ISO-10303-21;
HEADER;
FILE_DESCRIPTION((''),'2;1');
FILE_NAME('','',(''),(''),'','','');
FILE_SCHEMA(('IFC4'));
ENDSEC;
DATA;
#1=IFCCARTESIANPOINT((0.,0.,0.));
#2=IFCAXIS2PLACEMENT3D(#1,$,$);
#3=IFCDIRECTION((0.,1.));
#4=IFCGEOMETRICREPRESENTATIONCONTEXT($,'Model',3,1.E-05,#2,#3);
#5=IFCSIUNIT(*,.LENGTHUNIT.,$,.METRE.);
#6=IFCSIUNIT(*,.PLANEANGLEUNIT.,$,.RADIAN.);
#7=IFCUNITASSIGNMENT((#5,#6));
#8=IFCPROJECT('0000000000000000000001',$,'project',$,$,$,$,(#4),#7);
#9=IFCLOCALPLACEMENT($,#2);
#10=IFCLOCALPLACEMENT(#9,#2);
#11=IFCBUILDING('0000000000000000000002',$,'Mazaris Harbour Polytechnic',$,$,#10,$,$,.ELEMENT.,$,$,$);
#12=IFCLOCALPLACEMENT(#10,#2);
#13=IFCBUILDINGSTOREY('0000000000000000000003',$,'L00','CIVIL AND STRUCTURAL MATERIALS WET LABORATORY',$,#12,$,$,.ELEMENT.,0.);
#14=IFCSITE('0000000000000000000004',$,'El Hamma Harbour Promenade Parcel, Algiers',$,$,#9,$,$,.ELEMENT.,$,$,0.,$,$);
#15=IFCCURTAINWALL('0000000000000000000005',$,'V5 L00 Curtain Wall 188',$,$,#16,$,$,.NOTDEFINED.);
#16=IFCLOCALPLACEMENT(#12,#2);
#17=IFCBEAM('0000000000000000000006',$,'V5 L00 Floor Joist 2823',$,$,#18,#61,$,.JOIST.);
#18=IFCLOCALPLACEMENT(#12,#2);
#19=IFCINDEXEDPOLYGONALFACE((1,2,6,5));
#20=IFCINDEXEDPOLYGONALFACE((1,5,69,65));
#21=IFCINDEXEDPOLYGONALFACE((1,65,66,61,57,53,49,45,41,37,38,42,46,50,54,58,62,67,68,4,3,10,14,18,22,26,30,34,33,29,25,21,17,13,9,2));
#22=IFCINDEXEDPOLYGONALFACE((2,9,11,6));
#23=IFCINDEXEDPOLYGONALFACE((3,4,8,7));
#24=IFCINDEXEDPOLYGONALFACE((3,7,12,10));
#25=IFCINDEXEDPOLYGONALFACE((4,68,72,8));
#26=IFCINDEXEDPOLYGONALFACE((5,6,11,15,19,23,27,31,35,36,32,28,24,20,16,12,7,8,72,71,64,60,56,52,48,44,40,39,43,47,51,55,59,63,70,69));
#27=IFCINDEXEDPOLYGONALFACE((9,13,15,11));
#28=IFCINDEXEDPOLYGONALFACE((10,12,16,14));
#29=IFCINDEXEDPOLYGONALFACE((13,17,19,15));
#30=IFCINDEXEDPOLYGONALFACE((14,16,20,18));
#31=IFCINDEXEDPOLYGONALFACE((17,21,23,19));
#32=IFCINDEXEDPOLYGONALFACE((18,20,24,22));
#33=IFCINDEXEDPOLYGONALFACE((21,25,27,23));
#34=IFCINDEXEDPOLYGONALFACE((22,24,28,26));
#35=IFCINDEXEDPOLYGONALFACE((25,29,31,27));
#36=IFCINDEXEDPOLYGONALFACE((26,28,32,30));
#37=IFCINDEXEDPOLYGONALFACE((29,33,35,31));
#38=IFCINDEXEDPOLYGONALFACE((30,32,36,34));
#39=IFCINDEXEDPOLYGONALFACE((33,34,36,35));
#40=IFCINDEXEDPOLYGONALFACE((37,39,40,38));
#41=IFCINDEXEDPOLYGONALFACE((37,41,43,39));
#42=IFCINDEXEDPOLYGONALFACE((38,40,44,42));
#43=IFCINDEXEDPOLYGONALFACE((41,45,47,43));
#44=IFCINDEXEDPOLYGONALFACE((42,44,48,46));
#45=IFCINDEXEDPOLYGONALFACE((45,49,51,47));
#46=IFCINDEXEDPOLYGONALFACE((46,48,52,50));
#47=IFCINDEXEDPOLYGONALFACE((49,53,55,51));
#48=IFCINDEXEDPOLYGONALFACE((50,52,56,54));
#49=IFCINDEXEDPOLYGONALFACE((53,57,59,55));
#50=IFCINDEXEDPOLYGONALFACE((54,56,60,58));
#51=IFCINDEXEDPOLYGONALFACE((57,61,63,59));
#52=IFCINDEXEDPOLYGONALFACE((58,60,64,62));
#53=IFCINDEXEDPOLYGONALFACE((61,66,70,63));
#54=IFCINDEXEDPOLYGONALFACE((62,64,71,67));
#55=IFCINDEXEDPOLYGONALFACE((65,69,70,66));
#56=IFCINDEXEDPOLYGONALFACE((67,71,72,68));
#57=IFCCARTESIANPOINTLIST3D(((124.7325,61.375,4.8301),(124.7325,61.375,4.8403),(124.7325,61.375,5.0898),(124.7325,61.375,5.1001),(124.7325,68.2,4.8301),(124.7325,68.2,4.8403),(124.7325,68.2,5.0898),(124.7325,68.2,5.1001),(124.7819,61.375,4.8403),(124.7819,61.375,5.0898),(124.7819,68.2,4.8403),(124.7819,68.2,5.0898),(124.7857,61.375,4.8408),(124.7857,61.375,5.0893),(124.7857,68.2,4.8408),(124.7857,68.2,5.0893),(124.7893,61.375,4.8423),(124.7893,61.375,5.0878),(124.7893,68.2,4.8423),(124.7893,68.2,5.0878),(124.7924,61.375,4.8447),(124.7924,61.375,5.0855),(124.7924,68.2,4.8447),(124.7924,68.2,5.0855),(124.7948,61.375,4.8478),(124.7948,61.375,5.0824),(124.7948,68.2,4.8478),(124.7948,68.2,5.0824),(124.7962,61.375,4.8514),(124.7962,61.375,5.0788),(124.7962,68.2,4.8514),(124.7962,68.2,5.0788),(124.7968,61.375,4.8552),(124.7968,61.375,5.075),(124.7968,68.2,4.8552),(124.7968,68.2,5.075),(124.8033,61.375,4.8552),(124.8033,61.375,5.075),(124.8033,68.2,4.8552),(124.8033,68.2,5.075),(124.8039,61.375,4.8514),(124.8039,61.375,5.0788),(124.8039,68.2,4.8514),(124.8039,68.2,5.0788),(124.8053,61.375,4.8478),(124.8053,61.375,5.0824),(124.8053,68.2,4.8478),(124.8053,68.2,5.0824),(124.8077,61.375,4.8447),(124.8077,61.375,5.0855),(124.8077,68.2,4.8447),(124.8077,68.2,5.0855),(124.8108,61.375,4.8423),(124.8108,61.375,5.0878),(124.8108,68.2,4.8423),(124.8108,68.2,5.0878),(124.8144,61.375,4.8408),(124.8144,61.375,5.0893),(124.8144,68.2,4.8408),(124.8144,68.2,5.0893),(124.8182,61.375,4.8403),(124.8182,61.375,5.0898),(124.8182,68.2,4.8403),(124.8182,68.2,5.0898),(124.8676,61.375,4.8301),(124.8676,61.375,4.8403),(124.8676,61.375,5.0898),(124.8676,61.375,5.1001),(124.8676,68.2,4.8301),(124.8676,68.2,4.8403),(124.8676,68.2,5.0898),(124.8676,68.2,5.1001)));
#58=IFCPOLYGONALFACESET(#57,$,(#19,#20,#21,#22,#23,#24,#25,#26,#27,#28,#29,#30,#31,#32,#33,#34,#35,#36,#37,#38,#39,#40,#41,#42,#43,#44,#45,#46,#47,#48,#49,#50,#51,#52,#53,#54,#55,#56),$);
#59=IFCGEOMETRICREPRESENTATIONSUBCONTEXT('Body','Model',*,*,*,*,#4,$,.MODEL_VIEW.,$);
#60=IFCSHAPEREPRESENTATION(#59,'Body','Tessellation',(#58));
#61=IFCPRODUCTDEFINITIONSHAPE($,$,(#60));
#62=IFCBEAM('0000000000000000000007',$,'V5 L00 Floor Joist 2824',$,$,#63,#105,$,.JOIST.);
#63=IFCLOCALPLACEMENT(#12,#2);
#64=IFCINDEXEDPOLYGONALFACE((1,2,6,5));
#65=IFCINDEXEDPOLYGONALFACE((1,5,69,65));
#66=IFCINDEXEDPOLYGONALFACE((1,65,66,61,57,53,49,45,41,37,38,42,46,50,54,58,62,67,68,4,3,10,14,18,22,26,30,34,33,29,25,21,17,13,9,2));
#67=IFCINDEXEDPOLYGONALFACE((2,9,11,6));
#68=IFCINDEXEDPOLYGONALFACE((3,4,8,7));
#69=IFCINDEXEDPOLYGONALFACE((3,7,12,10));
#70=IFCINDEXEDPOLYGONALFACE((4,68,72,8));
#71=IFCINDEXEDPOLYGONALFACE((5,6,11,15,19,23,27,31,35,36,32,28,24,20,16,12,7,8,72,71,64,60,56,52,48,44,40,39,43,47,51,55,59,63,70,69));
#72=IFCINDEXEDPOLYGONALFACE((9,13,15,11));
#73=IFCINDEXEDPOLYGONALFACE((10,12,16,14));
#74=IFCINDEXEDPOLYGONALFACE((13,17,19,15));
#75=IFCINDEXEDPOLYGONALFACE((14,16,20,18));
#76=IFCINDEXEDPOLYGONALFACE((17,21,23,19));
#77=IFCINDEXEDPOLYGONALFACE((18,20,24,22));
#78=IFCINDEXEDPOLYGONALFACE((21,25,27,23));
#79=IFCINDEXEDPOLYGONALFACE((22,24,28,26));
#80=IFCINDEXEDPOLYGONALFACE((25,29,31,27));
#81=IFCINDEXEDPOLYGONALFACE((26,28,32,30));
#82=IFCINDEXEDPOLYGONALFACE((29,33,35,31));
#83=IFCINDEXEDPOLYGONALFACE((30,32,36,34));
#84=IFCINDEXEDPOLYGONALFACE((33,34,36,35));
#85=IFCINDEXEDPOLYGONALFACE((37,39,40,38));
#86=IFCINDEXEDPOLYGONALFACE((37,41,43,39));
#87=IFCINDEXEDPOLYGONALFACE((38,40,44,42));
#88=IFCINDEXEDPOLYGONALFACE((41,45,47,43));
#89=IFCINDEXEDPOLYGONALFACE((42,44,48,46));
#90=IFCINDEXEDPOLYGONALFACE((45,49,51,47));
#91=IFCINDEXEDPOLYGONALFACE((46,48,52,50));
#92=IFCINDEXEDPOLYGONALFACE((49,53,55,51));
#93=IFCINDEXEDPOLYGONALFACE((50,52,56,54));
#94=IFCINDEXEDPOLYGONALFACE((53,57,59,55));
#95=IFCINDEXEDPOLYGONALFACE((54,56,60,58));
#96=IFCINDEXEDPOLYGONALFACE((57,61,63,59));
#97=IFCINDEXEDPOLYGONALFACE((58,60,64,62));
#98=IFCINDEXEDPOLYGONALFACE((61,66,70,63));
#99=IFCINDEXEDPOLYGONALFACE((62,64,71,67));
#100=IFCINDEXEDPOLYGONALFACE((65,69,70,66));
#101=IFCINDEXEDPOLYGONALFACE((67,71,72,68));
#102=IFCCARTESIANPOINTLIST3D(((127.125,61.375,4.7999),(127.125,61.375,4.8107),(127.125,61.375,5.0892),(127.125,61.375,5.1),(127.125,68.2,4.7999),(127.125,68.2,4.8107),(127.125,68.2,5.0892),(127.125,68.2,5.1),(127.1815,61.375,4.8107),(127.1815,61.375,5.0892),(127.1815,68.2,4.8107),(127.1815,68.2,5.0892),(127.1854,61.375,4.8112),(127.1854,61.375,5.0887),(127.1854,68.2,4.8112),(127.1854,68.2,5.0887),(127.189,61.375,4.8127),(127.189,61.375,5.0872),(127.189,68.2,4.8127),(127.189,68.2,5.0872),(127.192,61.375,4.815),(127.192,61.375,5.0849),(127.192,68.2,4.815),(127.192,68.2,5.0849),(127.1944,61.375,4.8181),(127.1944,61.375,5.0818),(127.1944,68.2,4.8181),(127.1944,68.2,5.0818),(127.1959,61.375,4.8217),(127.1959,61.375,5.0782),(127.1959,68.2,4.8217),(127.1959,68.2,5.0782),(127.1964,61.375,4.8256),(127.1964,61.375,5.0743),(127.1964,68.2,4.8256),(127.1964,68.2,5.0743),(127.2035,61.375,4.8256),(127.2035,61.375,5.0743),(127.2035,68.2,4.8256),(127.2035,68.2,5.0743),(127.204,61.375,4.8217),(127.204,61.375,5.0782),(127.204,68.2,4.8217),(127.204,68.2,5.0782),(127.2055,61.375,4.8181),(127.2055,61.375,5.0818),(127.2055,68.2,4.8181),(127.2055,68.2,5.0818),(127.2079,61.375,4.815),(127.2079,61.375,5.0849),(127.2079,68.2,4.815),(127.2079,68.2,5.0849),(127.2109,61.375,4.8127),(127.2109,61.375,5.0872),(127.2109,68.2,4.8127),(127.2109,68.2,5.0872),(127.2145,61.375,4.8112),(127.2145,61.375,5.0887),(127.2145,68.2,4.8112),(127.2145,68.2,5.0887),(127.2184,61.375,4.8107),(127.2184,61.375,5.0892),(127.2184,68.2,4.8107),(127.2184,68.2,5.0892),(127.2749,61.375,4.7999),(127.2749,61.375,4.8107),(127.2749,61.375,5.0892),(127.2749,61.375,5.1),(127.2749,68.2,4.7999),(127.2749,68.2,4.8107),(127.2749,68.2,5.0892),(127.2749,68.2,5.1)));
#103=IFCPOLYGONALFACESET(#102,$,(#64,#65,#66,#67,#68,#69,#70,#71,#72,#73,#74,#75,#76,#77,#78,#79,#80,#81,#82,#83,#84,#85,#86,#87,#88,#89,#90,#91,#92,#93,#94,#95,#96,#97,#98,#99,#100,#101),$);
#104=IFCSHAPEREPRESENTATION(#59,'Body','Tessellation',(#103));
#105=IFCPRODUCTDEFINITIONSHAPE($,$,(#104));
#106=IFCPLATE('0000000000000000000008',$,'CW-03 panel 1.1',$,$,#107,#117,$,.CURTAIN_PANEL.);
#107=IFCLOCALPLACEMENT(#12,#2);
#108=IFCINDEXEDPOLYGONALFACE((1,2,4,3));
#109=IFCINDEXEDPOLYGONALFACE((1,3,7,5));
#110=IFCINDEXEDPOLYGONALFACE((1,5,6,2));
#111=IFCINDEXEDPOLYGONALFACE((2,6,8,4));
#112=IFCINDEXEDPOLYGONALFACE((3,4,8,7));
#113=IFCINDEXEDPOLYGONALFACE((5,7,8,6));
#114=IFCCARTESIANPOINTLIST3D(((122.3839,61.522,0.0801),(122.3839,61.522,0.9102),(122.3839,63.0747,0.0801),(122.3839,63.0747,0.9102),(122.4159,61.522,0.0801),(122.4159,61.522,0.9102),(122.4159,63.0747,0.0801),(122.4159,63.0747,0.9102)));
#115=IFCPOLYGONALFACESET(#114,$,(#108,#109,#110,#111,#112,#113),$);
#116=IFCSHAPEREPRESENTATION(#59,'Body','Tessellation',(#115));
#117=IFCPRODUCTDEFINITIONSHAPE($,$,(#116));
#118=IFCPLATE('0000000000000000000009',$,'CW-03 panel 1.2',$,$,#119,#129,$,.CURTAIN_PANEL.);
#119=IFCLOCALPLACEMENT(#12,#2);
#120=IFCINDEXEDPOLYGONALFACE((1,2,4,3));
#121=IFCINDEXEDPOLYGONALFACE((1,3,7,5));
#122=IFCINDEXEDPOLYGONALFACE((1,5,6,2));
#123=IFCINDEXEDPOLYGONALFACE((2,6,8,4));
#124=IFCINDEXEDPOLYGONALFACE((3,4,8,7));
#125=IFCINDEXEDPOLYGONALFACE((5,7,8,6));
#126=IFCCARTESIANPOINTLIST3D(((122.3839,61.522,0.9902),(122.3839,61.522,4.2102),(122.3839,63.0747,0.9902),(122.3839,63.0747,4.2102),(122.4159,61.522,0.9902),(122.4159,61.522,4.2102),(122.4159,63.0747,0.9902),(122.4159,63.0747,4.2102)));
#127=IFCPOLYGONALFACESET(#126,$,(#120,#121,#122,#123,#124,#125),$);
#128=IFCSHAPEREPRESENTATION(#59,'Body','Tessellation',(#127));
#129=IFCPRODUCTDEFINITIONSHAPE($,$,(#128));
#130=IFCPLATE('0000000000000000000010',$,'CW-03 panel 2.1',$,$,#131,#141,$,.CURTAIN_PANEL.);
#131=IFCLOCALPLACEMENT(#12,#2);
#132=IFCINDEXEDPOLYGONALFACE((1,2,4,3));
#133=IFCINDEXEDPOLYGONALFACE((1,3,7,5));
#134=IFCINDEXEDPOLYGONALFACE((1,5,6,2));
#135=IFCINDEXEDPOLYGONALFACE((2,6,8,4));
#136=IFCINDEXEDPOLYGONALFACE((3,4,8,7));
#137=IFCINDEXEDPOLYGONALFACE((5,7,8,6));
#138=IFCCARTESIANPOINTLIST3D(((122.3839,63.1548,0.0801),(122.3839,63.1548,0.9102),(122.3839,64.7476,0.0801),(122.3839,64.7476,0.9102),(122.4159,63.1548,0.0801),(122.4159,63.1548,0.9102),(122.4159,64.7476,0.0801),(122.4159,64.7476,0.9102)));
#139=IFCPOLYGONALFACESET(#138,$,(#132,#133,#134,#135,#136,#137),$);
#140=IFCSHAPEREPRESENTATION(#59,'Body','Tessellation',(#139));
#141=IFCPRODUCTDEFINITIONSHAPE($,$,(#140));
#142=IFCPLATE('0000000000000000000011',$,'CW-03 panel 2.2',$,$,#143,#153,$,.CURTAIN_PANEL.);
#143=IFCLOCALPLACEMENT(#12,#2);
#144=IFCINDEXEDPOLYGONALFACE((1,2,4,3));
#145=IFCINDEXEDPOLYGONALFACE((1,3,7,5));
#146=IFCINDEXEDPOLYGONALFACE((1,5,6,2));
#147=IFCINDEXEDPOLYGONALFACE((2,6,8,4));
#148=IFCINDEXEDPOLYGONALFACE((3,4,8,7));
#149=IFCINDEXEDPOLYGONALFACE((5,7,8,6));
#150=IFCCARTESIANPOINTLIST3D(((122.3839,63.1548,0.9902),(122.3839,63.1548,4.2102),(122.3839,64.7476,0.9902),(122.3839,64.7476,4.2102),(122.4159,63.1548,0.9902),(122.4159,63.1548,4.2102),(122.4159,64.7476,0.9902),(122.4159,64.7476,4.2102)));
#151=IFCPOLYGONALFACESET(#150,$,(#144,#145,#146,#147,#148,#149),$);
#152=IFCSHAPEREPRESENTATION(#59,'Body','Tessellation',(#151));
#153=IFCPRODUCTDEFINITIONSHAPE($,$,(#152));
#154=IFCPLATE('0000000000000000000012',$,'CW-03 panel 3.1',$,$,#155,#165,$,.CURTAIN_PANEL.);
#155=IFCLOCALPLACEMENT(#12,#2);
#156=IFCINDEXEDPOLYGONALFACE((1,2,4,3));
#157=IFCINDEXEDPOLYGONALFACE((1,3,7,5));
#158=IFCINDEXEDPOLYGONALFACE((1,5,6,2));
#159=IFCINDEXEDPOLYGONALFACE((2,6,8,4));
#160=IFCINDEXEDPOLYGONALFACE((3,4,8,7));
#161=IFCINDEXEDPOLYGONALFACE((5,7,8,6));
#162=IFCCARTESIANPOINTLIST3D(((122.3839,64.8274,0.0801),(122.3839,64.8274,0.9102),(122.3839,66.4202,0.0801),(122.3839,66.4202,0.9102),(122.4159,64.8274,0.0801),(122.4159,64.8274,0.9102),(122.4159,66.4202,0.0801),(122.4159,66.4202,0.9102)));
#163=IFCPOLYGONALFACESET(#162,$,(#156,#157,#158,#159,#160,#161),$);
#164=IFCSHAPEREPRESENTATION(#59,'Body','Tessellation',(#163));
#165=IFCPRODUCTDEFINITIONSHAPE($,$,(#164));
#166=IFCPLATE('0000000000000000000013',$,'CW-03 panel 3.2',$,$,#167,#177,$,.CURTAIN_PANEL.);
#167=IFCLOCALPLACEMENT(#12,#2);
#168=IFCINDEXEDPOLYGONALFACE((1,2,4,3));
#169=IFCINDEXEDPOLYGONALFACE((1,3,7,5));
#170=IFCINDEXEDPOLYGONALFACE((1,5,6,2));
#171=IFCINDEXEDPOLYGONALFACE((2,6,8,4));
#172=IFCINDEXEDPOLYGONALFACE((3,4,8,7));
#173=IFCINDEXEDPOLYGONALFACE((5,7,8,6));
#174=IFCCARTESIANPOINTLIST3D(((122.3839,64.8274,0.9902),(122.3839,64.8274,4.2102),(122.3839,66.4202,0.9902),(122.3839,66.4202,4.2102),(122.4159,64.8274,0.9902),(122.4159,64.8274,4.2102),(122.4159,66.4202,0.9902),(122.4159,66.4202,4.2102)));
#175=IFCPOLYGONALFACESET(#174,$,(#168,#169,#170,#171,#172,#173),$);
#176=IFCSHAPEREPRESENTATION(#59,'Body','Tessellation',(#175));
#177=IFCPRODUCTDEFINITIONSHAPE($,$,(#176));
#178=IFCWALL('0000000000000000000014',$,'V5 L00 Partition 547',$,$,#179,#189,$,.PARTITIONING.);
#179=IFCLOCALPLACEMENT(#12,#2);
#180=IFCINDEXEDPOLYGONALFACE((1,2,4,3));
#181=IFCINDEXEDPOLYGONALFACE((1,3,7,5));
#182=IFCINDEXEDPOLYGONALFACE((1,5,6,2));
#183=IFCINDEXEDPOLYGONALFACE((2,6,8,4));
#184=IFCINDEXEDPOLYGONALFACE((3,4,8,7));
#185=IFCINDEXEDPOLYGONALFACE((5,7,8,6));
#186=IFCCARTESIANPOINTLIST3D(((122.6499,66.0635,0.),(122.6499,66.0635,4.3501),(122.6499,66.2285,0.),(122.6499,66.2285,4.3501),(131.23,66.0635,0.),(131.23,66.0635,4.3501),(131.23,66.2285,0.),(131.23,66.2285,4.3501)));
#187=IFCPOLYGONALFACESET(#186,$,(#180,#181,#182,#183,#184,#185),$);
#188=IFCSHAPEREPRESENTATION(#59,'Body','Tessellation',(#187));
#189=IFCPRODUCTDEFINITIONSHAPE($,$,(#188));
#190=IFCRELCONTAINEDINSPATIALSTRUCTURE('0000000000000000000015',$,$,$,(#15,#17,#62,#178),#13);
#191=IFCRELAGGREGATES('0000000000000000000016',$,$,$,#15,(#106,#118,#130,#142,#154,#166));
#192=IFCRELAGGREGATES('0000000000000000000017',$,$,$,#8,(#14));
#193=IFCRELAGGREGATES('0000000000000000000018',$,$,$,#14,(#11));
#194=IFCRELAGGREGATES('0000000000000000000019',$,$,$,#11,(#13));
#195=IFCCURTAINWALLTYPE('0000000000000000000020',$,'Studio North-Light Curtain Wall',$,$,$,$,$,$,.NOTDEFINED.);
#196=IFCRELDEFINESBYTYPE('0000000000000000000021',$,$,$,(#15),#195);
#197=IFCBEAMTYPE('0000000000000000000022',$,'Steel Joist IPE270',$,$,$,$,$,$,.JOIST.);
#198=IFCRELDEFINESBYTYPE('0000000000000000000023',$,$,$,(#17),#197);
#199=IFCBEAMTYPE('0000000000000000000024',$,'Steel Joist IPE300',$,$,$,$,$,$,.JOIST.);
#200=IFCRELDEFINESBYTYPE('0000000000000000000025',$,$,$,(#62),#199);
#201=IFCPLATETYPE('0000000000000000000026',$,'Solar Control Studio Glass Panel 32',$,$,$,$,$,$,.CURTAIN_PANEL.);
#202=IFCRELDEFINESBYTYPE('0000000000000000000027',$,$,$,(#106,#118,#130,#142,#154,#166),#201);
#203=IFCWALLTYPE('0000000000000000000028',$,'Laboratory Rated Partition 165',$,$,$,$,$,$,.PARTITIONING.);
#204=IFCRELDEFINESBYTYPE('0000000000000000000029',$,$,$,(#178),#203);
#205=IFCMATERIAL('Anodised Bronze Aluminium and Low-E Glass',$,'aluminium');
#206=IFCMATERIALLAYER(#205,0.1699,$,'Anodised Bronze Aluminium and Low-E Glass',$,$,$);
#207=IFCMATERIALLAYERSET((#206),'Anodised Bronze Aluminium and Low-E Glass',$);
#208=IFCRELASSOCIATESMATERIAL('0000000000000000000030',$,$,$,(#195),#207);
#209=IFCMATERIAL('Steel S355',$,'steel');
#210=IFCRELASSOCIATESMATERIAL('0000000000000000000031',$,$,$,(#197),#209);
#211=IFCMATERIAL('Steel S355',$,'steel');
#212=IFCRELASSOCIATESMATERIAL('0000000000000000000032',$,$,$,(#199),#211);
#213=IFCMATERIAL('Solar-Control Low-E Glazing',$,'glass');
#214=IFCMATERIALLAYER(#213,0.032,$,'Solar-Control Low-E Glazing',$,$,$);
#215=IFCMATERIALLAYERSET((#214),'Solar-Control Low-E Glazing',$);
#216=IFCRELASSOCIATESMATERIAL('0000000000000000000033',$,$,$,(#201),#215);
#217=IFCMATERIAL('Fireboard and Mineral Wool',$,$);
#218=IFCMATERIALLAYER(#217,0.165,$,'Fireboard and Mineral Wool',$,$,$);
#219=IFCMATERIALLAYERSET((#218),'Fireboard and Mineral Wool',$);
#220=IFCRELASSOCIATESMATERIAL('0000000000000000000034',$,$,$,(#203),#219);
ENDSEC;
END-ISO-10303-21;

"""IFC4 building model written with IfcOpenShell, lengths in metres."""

from ifc_helpers import new_model, si_unit, direction, frame, frame_2d, origin, origin_2d, place, context, subcontext, project, spatial, rectangle, i_section, extrude, material, layer, layer_set, material_profile, profile_set, type_object, element, aggregate, save


model = new_model("IFC4")

# Units and contexts
model_context = context("Model", 3, precision=1e-05, world=origin(), true_north=direction((0.0, 1.0)))
body_context = subcontext(model_context, "Body", "Model", "MODEL_VIEW")
ifc_project = project(units=[si_unit("LENGTHUNIT", "METRE"), si_unit("PLANEANGLEUNIT", "RADIAN")], contexts=[model_context])

# Site, building, storey
site_placement = place(None, origin())
site = spatial("IfcSite", under=ifc_project, at=site_placement, Name="El Hamma Harbour Promenade Parcel, Algiers", CompositionType="ELEMENT", RefElevation=0.0)
building_placement = place(site_placement, origin())
building = spatial("IfcBuilding", under=site, at=building_placement, Name="Mazaris Harbour Polytechnic", CompositionType="ELEMENT")
storey_placement = place(building_placement, origin())
storey = spatial("IfcBuildingStorey", under=building, at=storey_placement, Name="L00", Description="CIVIL AND STRUCTURAL MATERIALS WET LABORATORY", CompositionType="ELEMENT", Elevation=0.0)

# Curtain wall
ifc_material_1 = material(Name="Anodised Bronze Aluminium and Low-E Glass", Category="aluminium")
ifc_layer_1 = layer(ifc_material_1, 0.1699, Name="Anodised Bronze Aluminium and Low-E Glass")
ifc_layer_set_1 = layer_set([ifc_layer_1], Name="Anodised Bronze Aluminium and Low-E Glass")
curtain_wall_type = type_object("IfcCurtainWallType", Name="Studio North-Light Curtain Wall", PredefinedType="NOTDEFINED", material=ifc_layer_set_1)
curtain_wall_placement = place(storey_placement, origin())
curtain_wall = element("IfcCurtainWall", 1, at=curtain_wall_placement, inside=storey, type_object=curtain_wall_type, Name="V5 L00 Curtain Wall 188", PredefinedType="NOTDEFINED")

# Beams
ifc_material_2 = material(Name="Steel S355", Category="steel")
ifc_material_profile_1 = material_profile(ifc_material_2, i_section(OverallWidth=0.135, OverallDepth=0.27, WebThickness=0.0066, FlangeThickness=0.0103, FilletRadius=0.0149, at=origin_2d()), Name="IPE 270")
ifc_profile_set_1 = profile_set([ifc_material_profile_1], Name="Steel S355")
beam_type_1 = type_object("IfcBeamType", Name="Steel Joist IPE270", PredefinedType="JOIST", material=ifc_profile_set_1)
beam_1_placement = place(storey_placement, frame((124.8, 61.375, 4.9651), z_axis=(0.0, 1.0, 0.0), x_axis=(-1.0, 0.0, 0.0)))
element("IfcBeam", 2, at=beam_1_placement, inside=storey, type_object=beam_type_1, Name="V5 L00 Floor Joist 2823", PredefinedType="JOIST", context=body_context, shape_type="SweptSolid", body=[
    extrude(i_section(OverallWidth=0.135, OverallDepth=0.27, WebThickness=0.0066, FlangeThickness=0.0103, FilletRadius=0.0149, at=origin_2d()), origin(), (0.0, 0.0, 1.0), 6.825),
])
ifc_material_3 = material(Name="Steel S355", Category="steel")
ifc_material_profile_2 = material_profile(ifc_material_3, i_section(OverallWidth=0.1499, OverallDepth=0.3, WebThickness=0.0071, FlangeThickness=0.0107, FilletRadius=0.0149, at=origin_2d()), Name="IPE 300")
ifc_profile_set_2 = profile_set([ifc_material_profile_2], Name="Steel S355")
beam_type_2 = type_object("IfcBeamType", Name="Steel Joist IPE300", PredefinedType="JOIST", material=ifc_profile_set_2)
beam_2_placement = place(storey_placement, frame((127.2, 61.375, 4.95), z_axis=(0.0, 1.0, 0.0), x_axis=(-1.0, 0.0, 0.0)))
element("IfcBeam", 3, at=beam_2_placement, inside=storey, type_object=beam_type_2, Name="V5 L00 Floor Joist 2824", PredefinedType="JOIST", context=body_context, shape_type="SweptSolid", body=[
    extrude(i_section(OverallWidth=0.1499, OverallDepth=0.3, WebThickness=0.0071, FlangeThickness=0.0107, FilletRadius=0.0149, at=origin_2d()), origin(), (0.0, 0.0, 1.0), 6.825),
])

# Plates
ifc_material_4 = material(Name="Solar-Control Low-E Glazing", Category="glass")
ifc_layer_2 = layer(ifc_material_4, 0.032, Name="Solar-Control Low-E Glazing")
ifc_layer_set_2 = layer_set([ifc_layer_2], Name="Solar-Control Low-E Glazing")
plate_type = type_object("IfcPlateType", Name="Solar Control Studio Glass Panel 32", PredefinedType="CURTAIN_PANEL", material=ifc_layer_set_2)
plate_1_placement = place(storey_placement, frame((122.3999, 62.2983, 0.0801), z_axis=(0.0, 0.0, 1.0), x_axis=(0.0, 1.0, 0.0)))
plate_1 = element("IfcPlate", 4, at=plate_1_placement, type_object=plate_type, Name="CW-03 panel 1.1", PredefinedType="CURTAIN_PANEL", context=body_context, shape_type="SweptSolid", body=[
    extrude(rectangle(XDim=1.5527, YDim=0.032, at=origin_2d()), origin(), (0.0, 0.0, 1.0), 0.8301),
])
plate_2_placement = place(storey_placement, frame((122.3999, 62.2983, 0.9902), z_axis=(0.0, 0.0, 1.0), x_axis=(0.0, 1.0, 0.0)))
plate_2 = element("IfcPlate", 5, at=plate_2_placement, type_object=plate_type, Name="CW-03 panel 1.2", PredefinedType="CURTAIN_PANEL", context=body_context, shape_type="SweptSolid", body=[
    extrude(rectangle(XDim=1.5527, YDim=0.032, at=origin_2d()), origin(), (0.0, 0.0, 1.0), 3.22),
])
plate_3_placement = place(storey_placement, frame((122.3999, 63.9512, 0.0801), z_axis=(0.0, 0.0, 1.0), x_axis=(0.0, 1.0, 0.0)))
plate_3 = element("IfcPlate", 6, at=plate_3_placement, type_object=plate_type, Name="CW-03 panel 2.1", PredefinedType="CURTAIN_PANEL", context=body_context, shape_type="SweptSolid", body=[
    extrude(rectangle(XDim=1.5928, YDim=0.032, at=origin_2d()), origin(), (0.0, 0.0, 1.0), 0.8301),
])
plate_4_placement = place(storey_placement, frame((122.3999, 63.9512, 0.9902), z_axis=(0.0, 0.0, 1.0), x_axis=(0.0, 1.0, 0.0)))
plate_4 = element("IfcPlate", 7, at=plate_4_placement, type_object=plate_type, Name="CW-03 panel 2.2", PredefinedType="CURTAIN_PANEL", context=body_context, shape_type="SweptSolid", body=[
    extrude(rectangle(XDim=1.5928, YDim=0.032, at=origin_2d()), origin(), (0.0, 0.0, 1.0), 3.22),
])
plate_5_placement = place(storey_placement, frame((122.3999, 65.6238, 0.0801), z_axis=(0.0, 0.0, 1.0), x_axis=(0.0, 1.0, 0.0)))
plate_5 = element("IfcPlate", 8, at=plate_5_placement, type_object=plate_type, Name="CW-03 panel 3.1", PredefinedType="CURTAIN_PANEL", context=body_context, shape_type="SweptSolid", body=[
    extrude(rectangle(XDim=1.5928, YDim=0.032, at=origin_2d()), origin(), (0.0, 0.0, 1.0), 0.8301),
])
plate_6_placement = place(storey_placement, frame((122.3999, 65.6238, 0.9902), z_axis=(0.0, 0.0, 1.0), x_axis=(0.0, 1.0, 0.0)))
plate_6 = element("IfcPlate", 9, at=plate_6_placement, type_object=plate_type, Name="CW-03 panel 3.2", PredefinedType="CURTAIN_PANEL", context=body_context, shape_type="SweptSolid", body=[
    extrude(rectangle(XDim=1.5928, YDim=0.032, at=origin_2d()), origin(), (0.0, 0.0, 1.0), 3.22),
])
aggregate(curtain_wall, [plate_1, plate_2, plate_3, plate_4, plate_5, plate_6])

# Wall
ifc_material_5 = material(Name="Fireboard and Mineral Wool")
ifc_layer_3 = layer(ifc_material_5, 0.165, Name="Fireboard and Mineral Wool")
ifc_layer_set_3 = layer_set([ifc_layer_3], Name="Fireboard and Mineral Wool")
wall_type_1 = type_object("IfcWallType", Name="Laboratory Rated Partition 165", PredefinedType="PARTITIONING", material=ifc_layer_set_3)
wall_1_placement = place(storey_placement, frame((122.6499, 66.146, 0.0), z_axis=(0.0, 0.0, 1.0), x_axis=(1.0, 0.0, 0.0)))
element("IfcWall", 10, at=wall_1_placement, inside=storey, type_object=wall_type_1, Name="V5 L00 Partition 547", PredefinedType="PARTITIONING", context=body_context, shape_type="SweptSolid", body=[
    extrude(rectangle(XDim=8.5801, YDim=0.165, at=frame_2d((4.29, 0.0))), origin(), (0.0, 0.0, 1.0), 4.3501),
])

save(model, "model.ifc")
